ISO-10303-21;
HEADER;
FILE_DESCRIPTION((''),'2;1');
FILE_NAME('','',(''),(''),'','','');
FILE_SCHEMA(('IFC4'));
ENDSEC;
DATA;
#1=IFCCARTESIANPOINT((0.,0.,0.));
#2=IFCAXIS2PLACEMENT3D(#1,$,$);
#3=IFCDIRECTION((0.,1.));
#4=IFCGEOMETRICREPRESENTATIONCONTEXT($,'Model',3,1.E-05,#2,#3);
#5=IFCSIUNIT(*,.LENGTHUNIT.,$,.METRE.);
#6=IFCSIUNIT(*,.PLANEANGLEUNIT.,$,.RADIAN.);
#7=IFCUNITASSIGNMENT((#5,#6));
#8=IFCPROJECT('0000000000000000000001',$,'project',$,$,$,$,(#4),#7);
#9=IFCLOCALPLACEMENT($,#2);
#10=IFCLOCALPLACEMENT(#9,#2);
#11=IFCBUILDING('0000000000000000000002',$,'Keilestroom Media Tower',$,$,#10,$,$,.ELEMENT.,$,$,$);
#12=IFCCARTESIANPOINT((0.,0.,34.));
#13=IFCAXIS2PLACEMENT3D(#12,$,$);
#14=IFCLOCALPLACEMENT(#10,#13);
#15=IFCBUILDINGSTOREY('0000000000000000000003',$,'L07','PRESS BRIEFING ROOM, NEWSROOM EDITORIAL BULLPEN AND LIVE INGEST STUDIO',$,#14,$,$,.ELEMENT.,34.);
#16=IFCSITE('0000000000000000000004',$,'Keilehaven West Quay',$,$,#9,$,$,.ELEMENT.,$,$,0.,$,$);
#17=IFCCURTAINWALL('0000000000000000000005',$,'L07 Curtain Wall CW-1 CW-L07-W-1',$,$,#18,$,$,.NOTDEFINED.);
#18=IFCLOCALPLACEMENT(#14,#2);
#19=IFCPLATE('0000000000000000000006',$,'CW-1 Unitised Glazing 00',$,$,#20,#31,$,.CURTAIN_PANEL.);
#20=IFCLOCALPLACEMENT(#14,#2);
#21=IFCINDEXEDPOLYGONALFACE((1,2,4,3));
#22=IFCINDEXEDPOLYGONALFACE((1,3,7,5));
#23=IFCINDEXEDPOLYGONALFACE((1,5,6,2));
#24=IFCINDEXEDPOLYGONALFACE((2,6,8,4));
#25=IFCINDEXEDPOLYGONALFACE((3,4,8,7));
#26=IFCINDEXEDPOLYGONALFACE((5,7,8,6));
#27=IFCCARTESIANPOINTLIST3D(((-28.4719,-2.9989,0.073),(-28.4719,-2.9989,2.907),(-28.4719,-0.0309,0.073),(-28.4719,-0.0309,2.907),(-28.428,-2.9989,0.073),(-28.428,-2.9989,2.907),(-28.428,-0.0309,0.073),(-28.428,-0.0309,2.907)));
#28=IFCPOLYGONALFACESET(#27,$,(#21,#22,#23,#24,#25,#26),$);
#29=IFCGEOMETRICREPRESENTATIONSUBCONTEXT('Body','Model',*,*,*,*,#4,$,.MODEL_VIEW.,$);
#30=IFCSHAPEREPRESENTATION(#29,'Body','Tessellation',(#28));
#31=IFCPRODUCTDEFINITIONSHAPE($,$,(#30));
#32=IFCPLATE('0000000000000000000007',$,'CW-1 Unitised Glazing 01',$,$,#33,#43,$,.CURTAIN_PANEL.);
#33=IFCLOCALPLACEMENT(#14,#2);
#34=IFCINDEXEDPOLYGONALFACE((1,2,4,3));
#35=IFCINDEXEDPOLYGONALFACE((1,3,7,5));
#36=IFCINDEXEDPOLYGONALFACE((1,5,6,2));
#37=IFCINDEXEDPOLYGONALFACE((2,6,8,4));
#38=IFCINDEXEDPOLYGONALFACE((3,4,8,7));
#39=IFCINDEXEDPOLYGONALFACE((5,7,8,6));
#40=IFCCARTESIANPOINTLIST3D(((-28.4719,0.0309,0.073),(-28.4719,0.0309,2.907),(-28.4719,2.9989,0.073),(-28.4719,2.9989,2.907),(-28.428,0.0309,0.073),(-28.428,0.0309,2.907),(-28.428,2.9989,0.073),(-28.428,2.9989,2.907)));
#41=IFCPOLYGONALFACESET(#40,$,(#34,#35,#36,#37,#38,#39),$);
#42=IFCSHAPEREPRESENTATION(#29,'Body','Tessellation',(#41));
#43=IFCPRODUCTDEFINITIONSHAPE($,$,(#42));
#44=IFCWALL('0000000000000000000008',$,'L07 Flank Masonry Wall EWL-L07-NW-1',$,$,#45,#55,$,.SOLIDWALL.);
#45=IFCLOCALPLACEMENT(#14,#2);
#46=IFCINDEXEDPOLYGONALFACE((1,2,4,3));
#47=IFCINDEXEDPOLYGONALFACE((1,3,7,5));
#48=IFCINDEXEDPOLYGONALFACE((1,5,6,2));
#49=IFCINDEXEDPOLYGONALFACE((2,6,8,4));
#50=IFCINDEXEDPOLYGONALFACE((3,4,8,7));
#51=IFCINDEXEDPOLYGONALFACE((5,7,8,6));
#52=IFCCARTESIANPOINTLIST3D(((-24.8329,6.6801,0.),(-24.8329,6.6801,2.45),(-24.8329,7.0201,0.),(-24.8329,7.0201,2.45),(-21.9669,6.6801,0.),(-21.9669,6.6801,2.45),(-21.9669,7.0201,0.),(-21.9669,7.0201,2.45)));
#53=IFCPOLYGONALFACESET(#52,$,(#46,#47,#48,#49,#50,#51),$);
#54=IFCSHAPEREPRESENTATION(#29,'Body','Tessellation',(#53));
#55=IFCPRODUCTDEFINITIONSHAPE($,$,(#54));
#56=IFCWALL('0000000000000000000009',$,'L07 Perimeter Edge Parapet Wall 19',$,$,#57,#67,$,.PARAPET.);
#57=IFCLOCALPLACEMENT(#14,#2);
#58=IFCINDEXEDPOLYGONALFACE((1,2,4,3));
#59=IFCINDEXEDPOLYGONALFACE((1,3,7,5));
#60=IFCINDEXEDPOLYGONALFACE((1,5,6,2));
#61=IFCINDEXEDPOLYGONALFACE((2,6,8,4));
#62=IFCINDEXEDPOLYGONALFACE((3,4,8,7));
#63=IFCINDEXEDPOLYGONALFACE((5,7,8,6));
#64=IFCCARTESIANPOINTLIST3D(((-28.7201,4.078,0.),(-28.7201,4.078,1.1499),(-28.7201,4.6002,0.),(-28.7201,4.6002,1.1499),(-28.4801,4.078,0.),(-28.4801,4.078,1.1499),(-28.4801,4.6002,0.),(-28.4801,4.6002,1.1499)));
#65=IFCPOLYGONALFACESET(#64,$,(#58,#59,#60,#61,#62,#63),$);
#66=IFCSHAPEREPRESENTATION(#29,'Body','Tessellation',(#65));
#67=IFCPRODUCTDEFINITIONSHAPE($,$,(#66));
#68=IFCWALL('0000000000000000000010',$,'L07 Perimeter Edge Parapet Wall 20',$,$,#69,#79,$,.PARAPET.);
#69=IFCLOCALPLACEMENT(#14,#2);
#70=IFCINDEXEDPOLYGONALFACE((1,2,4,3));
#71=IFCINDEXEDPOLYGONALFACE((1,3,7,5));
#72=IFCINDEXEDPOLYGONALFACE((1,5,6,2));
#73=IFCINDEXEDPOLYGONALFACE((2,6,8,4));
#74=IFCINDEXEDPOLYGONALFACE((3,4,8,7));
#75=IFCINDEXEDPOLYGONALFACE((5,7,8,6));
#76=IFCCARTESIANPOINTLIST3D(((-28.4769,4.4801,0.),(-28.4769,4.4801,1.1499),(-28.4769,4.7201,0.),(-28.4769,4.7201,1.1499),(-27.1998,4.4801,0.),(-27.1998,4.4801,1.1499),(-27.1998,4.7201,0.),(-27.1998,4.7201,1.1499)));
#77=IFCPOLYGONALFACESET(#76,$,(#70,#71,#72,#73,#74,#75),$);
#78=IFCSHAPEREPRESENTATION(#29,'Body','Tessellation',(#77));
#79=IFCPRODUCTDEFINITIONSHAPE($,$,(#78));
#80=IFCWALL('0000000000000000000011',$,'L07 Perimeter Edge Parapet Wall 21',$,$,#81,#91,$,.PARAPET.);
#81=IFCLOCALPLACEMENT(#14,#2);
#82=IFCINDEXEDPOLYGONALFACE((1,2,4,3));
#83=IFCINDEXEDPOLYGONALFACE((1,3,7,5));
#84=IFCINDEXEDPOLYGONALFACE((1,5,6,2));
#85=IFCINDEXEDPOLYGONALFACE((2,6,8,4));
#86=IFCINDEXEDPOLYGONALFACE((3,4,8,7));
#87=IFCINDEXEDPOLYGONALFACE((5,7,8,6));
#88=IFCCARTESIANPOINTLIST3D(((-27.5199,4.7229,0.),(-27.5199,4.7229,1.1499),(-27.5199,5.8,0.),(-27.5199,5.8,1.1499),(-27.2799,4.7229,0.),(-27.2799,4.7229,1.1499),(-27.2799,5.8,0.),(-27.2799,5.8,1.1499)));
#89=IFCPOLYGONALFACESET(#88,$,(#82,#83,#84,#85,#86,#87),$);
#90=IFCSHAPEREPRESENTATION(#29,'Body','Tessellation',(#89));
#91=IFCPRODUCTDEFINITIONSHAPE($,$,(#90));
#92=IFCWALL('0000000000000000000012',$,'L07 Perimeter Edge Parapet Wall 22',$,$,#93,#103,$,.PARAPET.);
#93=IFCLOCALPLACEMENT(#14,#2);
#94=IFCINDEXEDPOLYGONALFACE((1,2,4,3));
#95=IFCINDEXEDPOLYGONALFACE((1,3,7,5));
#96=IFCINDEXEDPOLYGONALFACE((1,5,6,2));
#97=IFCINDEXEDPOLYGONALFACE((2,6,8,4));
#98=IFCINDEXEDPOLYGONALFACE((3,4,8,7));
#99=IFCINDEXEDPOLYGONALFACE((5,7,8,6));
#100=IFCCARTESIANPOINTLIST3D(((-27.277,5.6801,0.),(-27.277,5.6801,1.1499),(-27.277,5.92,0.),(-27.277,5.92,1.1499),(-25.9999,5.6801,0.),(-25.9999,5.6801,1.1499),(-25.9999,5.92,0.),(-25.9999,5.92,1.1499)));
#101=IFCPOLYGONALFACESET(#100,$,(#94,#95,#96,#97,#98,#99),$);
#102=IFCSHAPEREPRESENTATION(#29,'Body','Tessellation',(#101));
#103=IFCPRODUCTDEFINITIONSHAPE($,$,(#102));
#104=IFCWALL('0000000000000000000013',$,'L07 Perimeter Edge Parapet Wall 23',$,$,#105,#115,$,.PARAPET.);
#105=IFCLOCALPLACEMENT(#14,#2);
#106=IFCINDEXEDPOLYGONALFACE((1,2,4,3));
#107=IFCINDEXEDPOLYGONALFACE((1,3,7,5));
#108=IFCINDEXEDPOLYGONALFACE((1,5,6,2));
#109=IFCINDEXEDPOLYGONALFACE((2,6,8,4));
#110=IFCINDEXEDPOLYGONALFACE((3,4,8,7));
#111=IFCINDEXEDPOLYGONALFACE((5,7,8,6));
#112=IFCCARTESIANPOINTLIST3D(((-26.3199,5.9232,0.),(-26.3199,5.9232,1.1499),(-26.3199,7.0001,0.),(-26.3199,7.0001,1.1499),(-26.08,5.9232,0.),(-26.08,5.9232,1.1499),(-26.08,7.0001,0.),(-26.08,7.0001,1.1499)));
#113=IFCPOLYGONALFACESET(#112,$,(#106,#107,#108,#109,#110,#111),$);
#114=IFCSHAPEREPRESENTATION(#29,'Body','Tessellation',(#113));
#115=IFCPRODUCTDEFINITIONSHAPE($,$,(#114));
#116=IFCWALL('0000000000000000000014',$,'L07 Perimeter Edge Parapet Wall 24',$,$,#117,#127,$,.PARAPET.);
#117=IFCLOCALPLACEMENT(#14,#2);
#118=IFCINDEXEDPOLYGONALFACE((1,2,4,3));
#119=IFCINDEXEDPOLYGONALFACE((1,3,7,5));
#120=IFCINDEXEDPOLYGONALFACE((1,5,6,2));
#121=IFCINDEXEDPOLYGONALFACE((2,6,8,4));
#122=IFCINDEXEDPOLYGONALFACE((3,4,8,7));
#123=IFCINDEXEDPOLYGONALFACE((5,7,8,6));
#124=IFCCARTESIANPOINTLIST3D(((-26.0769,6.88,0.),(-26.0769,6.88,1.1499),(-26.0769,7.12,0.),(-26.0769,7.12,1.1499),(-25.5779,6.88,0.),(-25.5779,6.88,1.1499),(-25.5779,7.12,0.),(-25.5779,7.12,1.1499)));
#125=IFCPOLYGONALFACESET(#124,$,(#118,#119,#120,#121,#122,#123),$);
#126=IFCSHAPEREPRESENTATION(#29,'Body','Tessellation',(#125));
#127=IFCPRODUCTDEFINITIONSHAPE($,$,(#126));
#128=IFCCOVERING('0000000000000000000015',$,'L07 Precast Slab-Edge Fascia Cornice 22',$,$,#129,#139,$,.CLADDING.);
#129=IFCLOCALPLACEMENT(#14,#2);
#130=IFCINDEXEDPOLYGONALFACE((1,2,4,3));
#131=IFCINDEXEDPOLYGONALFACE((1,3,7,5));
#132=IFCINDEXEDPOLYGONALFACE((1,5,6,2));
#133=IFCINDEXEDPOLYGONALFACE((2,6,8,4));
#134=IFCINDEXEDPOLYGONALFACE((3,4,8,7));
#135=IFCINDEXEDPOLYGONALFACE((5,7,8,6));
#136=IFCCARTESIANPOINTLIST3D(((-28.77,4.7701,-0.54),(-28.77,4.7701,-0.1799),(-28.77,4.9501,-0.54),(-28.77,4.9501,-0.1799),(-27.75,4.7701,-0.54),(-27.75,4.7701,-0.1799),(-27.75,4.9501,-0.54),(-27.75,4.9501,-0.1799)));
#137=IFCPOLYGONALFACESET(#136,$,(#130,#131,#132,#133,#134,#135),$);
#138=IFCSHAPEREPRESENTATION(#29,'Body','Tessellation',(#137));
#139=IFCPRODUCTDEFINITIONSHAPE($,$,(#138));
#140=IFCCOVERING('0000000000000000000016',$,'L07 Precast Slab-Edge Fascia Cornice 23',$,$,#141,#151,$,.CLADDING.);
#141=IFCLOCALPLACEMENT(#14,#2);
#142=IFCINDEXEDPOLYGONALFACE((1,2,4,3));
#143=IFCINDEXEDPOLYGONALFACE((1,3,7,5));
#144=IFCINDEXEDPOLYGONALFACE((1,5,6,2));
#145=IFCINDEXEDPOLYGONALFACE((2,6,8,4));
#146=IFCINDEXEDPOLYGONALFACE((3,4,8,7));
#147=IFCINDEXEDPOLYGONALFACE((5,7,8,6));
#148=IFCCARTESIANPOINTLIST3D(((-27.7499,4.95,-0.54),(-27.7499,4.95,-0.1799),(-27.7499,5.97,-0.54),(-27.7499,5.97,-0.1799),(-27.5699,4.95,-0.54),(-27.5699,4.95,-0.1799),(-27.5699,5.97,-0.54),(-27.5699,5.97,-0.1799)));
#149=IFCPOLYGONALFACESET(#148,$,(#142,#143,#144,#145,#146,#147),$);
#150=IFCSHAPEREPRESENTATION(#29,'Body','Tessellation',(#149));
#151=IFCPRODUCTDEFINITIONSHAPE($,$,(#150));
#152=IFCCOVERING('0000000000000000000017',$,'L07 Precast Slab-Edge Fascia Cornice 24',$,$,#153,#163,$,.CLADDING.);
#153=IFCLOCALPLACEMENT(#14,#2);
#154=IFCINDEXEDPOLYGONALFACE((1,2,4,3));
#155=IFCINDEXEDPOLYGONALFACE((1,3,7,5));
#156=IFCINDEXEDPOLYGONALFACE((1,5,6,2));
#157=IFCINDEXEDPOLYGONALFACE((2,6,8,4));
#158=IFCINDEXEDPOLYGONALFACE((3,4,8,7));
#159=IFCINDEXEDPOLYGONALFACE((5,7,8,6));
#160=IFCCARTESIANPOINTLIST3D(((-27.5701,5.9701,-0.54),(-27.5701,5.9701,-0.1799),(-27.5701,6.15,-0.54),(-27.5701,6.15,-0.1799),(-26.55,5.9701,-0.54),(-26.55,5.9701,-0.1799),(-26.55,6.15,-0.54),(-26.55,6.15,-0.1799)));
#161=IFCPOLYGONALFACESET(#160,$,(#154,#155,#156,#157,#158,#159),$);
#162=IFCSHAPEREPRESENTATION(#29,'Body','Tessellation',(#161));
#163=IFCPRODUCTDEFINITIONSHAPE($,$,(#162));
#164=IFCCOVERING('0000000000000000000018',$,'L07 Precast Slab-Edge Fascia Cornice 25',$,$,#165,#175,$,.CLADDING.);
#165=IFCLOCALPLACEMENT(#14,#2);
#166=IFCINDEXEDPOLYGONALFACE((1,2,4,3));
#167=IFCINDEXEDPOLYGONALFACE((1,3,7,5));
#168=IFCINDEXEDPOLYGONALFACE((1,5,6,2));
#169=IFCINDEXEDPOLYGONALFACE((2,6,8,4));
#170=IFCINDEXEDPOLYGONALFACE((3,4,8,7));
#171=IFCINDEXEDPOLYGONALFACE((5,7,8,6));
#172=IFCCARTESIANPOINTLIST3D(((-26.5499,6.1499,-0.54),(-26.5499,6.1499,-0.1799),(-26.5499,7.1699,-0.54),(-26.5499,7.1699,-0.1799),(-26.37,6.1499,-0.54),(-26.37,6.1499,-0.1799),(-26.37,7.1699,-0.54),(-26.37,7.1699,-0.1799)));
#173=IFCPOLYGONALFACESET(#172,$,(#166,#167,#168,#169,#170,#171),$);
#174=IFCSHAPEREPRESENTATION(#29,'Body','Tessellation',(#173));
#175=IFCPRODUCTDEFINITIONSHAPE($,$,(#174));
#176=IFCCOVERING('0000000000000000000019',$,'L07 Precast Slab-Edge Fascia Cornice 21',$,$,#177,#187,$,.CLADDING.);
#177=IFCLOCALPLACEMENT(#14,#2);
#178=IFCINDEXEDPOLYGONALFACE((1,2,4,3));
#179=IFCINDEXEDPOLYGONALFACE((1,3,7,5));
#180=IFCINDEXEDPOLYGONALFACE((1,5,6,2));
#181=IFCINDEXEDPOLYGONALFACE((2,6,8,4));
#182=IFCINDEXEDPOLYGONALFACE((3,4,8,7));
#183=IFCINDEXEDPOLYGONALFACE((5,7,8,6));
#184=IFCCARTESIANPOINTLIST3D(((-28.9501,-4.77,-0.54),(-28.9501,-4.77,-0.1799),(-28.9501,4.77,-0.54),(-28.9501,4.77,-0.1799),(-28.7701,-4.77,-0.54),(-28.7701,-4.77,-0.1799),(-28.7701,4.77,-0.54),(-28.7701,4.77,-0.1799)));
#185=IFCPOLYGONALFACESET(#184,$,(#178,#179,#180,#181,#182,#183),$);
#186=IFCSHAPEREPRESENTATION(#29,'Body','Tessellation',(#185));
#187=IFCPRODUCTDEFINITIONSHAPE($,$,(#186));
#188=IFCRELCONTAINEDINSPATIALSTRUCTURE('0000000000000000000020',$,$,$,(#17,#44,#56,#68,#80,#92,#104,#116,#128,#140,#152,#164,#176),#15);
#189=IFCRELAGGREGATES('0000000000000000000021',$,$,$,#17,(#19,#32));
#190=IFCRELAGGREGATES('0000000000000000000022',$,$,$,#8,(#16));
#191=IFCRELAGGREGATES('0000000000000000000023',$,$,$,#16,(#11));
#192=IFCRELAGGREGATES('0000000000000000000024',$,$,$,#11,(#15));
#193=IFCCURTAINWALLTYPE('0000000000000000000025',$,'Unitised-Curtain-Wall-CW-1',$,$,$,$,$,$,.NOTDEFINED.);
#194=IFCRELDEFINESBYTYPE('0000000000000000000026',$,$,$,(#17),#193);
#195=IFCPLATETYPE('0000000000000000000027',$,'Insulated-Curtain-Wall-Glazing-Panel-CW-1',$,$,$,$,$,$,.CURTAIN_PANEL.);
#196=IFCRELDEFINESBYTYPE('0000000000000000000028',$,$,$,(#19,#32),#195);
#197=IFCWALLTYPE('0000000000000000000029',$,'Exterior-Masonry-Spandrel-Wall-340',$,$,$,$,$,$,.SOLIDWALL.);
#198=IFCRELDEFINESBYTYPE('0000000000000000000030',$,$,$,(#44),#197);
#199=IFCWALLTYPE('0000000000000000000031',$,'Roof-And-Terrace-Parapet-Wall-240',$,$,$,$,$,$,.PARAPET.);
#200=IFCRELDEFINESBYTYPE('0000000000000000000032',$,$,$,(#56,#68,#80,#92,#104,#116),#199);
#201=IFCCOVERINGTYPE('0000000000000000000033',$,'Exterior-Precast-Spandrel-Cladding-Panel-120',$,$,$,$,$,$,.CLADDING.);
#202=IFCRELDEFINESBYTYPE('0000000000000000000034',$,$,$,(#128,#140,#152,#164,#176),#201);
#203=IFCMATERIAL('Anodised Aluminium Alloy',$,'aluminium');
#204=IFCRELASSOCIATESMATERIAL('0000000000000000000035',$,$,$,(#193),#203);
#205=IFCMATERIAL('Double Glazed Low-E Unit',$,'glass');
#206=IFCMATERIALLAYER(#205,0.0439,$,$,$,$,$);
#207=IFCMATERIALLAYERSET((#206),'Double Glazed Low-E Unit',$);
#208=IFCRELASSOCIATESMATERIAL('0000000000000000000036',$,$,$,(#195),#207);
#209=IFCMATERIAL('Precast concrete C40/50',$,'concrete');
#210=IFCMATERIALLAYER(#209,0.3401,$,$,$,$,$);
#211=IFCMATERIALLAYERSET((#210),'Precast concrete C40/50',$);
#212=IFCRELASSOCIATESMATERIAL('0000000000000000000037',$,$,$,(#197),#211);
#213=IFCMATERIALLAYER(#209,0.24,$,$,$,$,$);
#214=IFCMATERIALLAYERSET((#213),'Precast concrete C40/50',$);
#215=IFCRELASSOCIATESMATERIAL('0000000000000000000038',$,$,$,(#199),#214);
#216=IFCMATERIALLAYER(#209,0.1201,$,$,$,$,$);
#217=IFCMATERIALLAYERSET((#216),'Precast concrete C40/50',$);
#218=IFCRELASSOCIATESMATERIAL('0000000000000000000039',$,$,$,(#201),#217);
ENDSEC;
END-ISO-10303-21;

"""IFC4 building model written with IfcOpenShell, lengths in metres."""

from ifc_helpers import new_model, si_unit, direction, frame, frame_2d, origin, origin_2d, place, context, subcontext, project, spatial, rectangle, extrude, source, transform, mapped, material, layer, layer_set, type_object, element, aggregate, save


model = new_model("IFC4")

# Units and contexts
model_context = context("Model", 3, precision=1e-05, world=origin(), true_north=direction((0.0, 1.0)))
body_context = subcontext(model_context, "Body", "Model", "MODEL_VIEW")
ifc_project = project(units=[si_unit("LENGTHUNIT", "METRE"), si_unit("PLANEANGLEUNIT", "RADIAN")], contexts=[model_context])

# Site, building, storey
site_placement = place(None, origin())
site = spatial("IfcSite", under=ifc_project, at=site_placement, Name="Keilehaven West Quay", CompositionType="ELEMENT", RefElevation=0.0)
building_placement = place(site_placement, origin())
building = spatial("IfcBuilding", under=site, at=building_placement, Name="Keilestroom Media Tower", CompositionType="ELEMENT")
storey_placement = place(building_placement, frame((0.0, 0.0, 34.0)))
storey = spatial("IfcBuildingStorey", under=building, at=storey_placement, Name="L07", Description="PRESS BRIEFING ROOM, NEWSROOM EDITORIAL BULLPEN AND LIVE INGEST STUDIO", CompositionType="ELEMENT", Elevation=34.0)

# Shared definitions
ifc_material_1 = material(Name="Precast concrete C40/50", Category="concrete")

# Curtain wall, plates
ifc_material_2 = material(Name="Anodised Aluminium Alloy", Category="aluminium")
curtain_wall_type = type_object("IfcCurtainWallType", Name="Unitised-Curtain-Wall-CW-1", PredefinedType="NOTDEFINED", material=ifc_material_2)
curtain_wall_placement = place(storey_placement, origin())
curtain_wall = element("IfcCurtainWall", 1, at=curtain_wall_placement, inside=storey, type_object=curtain_wall_type, Name="L07 Curtain Wall CW-1 CW-L07-W-1", PredefinedType="NOTDEFINED")
ifc_material_3 = material(Name="Double Glazed Low-E Unit", Category="glass")
ifc_layer_1 = layer(ifc_material_3, 0.0439)
ifc_layer_set_1 = layer_set([ifc_layer_1], Name="Double Glazed Low-E Unit")
plate_type = type_object("IfcPlateType", Name="Insulated-Curtain-Wall-Glazing-Panel-CW-1", PredefinedType="CURTAIN_PANEL", material=ifc_layer_set_1)
shared_shape_1 = source(origin(), body_context, "Body", "SweptSolid", [
    extrude(rectangle(XDim=2.968, YDim=0.0439, at=origin_2d()), origin(), (0.0, 0.0, 1.0), 2.834),
])
plate_1_placement = place(storey_placement, frame((-28.45, -1.5149, 0.073), z_axis=(0.0, 0.0, 1.0), x_axis=(0.0, 1.0, 0.0)))
plate_1 = element("IfcPlate", 2, at=plate_1_placement, type_object=plate_type, Name="CW-1 Unitised Glazing 00", PredefinedType="CURTAIN_PANEL", context=body_context, shape_type="MappedRepresentation", body=[
    mapped(shared_shape_1, transform((0.0, 0.0, 0.0), x_axis=(1.0, 0.0, 0.0), y_axis=(0.0, 1.0, 0.0), z_axis=(0.0, 0.0, 1.0), scale=1.0)),
])
plate_2_placement = place(storey_placement, frame((-28.45, 1.5149, 0.073), z_axis=(0.0, 0.0, 1.0), x_axis=(0.0, 1.0, 0.0)))
plate_2 = element("IfcPlate", 3, at=plate_2_placement, type_object=plate_type, Name="CW-1 Unitised Glazing 01", PredefinedType="CURTAIN_PANEL", context=body_context, shape_type="MappedRepresentation", body=[
    mapped(shared_shape_1, transform((0.0, 0.0, 0.0), x_axis=(1.0, 0.0, 0.0), y_axis=(0.0, 1.0, 0.0), z_axis=(0.0, 0.0, 1.0), scale=1.0)),
])
aggregate(curtain_wall, [plate_1, plate_2])

# Walls
ifc_layer_2 = layer(ifc_material_1, 0.3401)
ifc_layer_set_2 = layer_set([ifc_layer_2], Name="Precast concrete C40/50")
wall_type_1 = type_object("IfcWallType", Name="Exterior-Masonry-Spandrel-Wall-340", PredefinedType="SOLIDWALL", material=ifc_layer_set_2)
wall_1_placement = place(storey_placement, frame((-24.833, 6.8501, 0.0), z_axis=(0.0, 0.0, 1.0), x_axis=(1.0, 0.0, 0.0)))
element("IfcWall", 4, at=wall_1_placement, inside=storey, type_object=wall_type_1, Name="L07 Flank Masonry Wall EWL-L07-NW-1", PredefinedType="SOLIDWALL", context=body_context, shape_type="SweptSolid", body=[
    extrude(rectangle(XDim=2.866, YDim=0.3401, at=frame_2d((1.4331, 0.0))), origin(), (0.0, 0.0, 1.0), 2.45),
])
ifc_layer_3 = layer(ifc_material_1, 0.24)
ifc_layer_set_3 = layer_set([ifc_layer_3], Name="Precast concrete C40/50")
wall_type_2 = type_object("IfcWallType", Name="Roof-And-Terrace-Parapet-Wall-240", PredefinedType="PARAPET", material=ifc_layer_set_3)
wall_2_placement = place(storey_placement, frame((-28.6001, 4.0779, 0.0), z_axis=(0.0, 0.0, 1.0), x_axis=(0.0, 1.0, 0.0)))
element("IfcWall", 5, at=wall_2_placement, inside=storey, type_object=wall_type_2, Name="L07 Perimeter Edge Parapet Wall 19", PredefinedType="PARAPET", context=body_context, shape_type="SweptSolid", body=[
    extrude(rectangle(XDim=0.5222, YDim=0.24, at=frame_2d((0.2612, 0.0))), origin(), (0.0, 0.0, 1.0), 1.1499),
])
wall_3_placement = place(storey_placement, frame((-28.4771, 4.6001, 0.0), z_axis=(0.0, 0.0, 1.0), x_axis=(1.0, 0.0, 0.0)))
element("IfcWall", 6, at=wall_3_placement, inside=storey, type_object=wall_type_2, Name="L07 Perimeter Edge Parapet Wall 20", PredefinedType="PARAPET", context=body_context, shape_type="SweptSolid", body=[
    extrude(rectangle(XDim=1.2771, YDim=0.24, at=frame_2d((0.6387, 0.0))), origin(), (0.0, 0.0, 1.0), 1.1499),
])
wall_4_placement = place(storey_placement, frame((-27.3999, 4.7229, 0.0), z_axis=(0.0, 0.0, 1.0), x_axis=(0.0, 1.0, 0.0)))
element("IfcWall", 7, at=wall_4_placement, inside=storey, type_object=wall_type_2, Name="L07 Perimeter Edge Parapet Wall 21", PredefinedType="PARAPET", context=body_context, shape_type="SweptSolid", body=[
    extrude(rectangle(XDim=1.0771, YDim=0.24, at=frame_2d((0.5386, 0.0))), origin(), (0.0, 0.0, 1.0), 1.1499),
])
wall_5_placement = place(storey_placement, frame((-27.2771, 5.8, 0.0), z_axis=(0.0, 0.0, 1.0), x_axis=(1.0, 0.0, 0.0)))
element("IfcWall", 8, at=wall_5_placement, inside=storey, type_object=wall_type_2, Name="L07 Perimeter Edge Parapet Wall 22", PredefinedType="PARAPET", context=body_context, shape_type="SweptSolid", body=[
    extrude(rectangle(XDim=1.2771, YDim=0.24, at=frame_2d((0.6387, 0.0))), origin(), (0.0, 0.0, 1.0), 1.1499),
])
wall_6_placement = place(storey_placement, frame((-26.2, 5.9231, 0.0), z_axis=(0.0, 0.0, 1.0), x_axis=(0.0, 1.0, 0.0)))
element("IfcWall", 9, at=wall_6_placement, inside=storey, type_object=wall_type_2, Name="L07 Perimeter Edge Parapet Wall 23", PredefinedType="PARAPET", context=body_context, shape_type="SweptSolid", body=[
    extrude(rectangle(XDim=1.0769, YDim=0.24, at=frame_2d((0.5386, 0.0))), origin(), (0.0, 0.0, 1.0), 1.1499),
])
wall_7_placement = place(storey_placement, frame((-26.0769, 7.0, 0.0), z_axis=(0.0, 0.0, 1.0), x_axis=(1.0, 0.0, 0.0)))
element("IfcWall", 10, at=wall_7_placement, inside=storey, type_object=wall_type_2, Name="L07 Perimeter Edge Parapet Wall 24", PredefinedType="PARAPET", context=body_context, shape_type="SweptSolid", body=[
    extrude(rectangle(XDim=0.499, YDim=0.24, at=frame_2d((0.2495, 0.0))), origin(), (0.0, 0.0, 1.0), 1.1499),
])

# Coverings
ifc_layer_4 = layer(ifc_material_1, 0.1201)
ifc_layer_set_4 = layer_set([ifc_layer_4], Name="Precast concrete C40/50")
covering_type = type_object("IfcCoveringType", Name="Exterior-Precast-Spandrel-Cladding-Panel-120", PredefinedType="CLADDING", material=ifc_layer_set_4)
shared_shape_2 = source(origin(), body_context, "Body", "SweptSolid", [
    extrude(rectangle(XDim=1.02, YDim=0.1799, at=origin_2d()), origin(), (0.0, 0.0, 1.0), 0.3601),
])
for number, where, z_axis, x_axis, name in (
    (11, (-28.26, 4.8601, -0.54), (0.0, 0.0, 1.0), (1.0, 0.0, 0.0), "L07 Precast Slab-Edge Fascia Cornice 22"),
    (12, (-27.6599, 5.46, -0.54), (0.0, 0.0, 1.0), (0.0, 1.0, 0.0), "L07 Precast Slab-Edge Fascia Cornice 23"),
    (13, (-27.0601, 6.0601, -0.54), (0.0, 0.0, 1.0), (1.0, 0.0, 0.0), "L07 Precast Slab-Edge Fascia Cornice 24"),
    (14, (-26.46, 6.6599, -0.54), (0.0, 0.0, 1.0), (0.0, 1.0, 0.0), "L07 Precast Slab-Edge Fascia Cornice 25"),
):
    element("IfcCovering", number, at=place(storey_placement, frame(where, z_axis=z_axis, x_axis=x_axis)), inside=storey, type_object=covering_type, Name=name, PredefinedType="CLADDING", context=body_context, shape_type="MappedRepresentation", body=[
        mapped(shared_shape_2, transform((0.0, 0.0, 0.0), x_axis=(1.0, 0.0, 0.0), y_axis=(0.0, 1.0, 0.0), z_axis=(0.0, 0.0, 1.0), scale=1.0)),
    ])
shared_shape_3 = source(origin(), body_context, "Body", "SweptSolid", [
    extrude(rectangle(XDim=9.54, YDim=0.1799, at=origin_2d()), origin(), (0.0, 0.0, 1.0), 0.3601),
])
covering_placement = place(storey_placement, frame((-28.8601, 0.0, -0.54), z_axis=(0.0, 0.0, 1.0), x_axis=(0.0, 1.0, 0.0)))
element("IfcCovering", 15, at=covering_placement, inside=storey, type_object=covering_type, Name="L07 Precast Slab-Edge Fascia Cornice 21", PredefinedType="CLADDING", context=body_context, shape_type="MappedRepresentation", body=[
    mapped(shared_shape_3, transform((0.0, 0.0, 0.0), x_axis=(1.0, 0.0, 0.0), y_axis=(0.0, 1.0, 0.0), z_axis=(0.0, 0.0, 1.0), scale=1.0)),
])

save(model, "model.ifc")
